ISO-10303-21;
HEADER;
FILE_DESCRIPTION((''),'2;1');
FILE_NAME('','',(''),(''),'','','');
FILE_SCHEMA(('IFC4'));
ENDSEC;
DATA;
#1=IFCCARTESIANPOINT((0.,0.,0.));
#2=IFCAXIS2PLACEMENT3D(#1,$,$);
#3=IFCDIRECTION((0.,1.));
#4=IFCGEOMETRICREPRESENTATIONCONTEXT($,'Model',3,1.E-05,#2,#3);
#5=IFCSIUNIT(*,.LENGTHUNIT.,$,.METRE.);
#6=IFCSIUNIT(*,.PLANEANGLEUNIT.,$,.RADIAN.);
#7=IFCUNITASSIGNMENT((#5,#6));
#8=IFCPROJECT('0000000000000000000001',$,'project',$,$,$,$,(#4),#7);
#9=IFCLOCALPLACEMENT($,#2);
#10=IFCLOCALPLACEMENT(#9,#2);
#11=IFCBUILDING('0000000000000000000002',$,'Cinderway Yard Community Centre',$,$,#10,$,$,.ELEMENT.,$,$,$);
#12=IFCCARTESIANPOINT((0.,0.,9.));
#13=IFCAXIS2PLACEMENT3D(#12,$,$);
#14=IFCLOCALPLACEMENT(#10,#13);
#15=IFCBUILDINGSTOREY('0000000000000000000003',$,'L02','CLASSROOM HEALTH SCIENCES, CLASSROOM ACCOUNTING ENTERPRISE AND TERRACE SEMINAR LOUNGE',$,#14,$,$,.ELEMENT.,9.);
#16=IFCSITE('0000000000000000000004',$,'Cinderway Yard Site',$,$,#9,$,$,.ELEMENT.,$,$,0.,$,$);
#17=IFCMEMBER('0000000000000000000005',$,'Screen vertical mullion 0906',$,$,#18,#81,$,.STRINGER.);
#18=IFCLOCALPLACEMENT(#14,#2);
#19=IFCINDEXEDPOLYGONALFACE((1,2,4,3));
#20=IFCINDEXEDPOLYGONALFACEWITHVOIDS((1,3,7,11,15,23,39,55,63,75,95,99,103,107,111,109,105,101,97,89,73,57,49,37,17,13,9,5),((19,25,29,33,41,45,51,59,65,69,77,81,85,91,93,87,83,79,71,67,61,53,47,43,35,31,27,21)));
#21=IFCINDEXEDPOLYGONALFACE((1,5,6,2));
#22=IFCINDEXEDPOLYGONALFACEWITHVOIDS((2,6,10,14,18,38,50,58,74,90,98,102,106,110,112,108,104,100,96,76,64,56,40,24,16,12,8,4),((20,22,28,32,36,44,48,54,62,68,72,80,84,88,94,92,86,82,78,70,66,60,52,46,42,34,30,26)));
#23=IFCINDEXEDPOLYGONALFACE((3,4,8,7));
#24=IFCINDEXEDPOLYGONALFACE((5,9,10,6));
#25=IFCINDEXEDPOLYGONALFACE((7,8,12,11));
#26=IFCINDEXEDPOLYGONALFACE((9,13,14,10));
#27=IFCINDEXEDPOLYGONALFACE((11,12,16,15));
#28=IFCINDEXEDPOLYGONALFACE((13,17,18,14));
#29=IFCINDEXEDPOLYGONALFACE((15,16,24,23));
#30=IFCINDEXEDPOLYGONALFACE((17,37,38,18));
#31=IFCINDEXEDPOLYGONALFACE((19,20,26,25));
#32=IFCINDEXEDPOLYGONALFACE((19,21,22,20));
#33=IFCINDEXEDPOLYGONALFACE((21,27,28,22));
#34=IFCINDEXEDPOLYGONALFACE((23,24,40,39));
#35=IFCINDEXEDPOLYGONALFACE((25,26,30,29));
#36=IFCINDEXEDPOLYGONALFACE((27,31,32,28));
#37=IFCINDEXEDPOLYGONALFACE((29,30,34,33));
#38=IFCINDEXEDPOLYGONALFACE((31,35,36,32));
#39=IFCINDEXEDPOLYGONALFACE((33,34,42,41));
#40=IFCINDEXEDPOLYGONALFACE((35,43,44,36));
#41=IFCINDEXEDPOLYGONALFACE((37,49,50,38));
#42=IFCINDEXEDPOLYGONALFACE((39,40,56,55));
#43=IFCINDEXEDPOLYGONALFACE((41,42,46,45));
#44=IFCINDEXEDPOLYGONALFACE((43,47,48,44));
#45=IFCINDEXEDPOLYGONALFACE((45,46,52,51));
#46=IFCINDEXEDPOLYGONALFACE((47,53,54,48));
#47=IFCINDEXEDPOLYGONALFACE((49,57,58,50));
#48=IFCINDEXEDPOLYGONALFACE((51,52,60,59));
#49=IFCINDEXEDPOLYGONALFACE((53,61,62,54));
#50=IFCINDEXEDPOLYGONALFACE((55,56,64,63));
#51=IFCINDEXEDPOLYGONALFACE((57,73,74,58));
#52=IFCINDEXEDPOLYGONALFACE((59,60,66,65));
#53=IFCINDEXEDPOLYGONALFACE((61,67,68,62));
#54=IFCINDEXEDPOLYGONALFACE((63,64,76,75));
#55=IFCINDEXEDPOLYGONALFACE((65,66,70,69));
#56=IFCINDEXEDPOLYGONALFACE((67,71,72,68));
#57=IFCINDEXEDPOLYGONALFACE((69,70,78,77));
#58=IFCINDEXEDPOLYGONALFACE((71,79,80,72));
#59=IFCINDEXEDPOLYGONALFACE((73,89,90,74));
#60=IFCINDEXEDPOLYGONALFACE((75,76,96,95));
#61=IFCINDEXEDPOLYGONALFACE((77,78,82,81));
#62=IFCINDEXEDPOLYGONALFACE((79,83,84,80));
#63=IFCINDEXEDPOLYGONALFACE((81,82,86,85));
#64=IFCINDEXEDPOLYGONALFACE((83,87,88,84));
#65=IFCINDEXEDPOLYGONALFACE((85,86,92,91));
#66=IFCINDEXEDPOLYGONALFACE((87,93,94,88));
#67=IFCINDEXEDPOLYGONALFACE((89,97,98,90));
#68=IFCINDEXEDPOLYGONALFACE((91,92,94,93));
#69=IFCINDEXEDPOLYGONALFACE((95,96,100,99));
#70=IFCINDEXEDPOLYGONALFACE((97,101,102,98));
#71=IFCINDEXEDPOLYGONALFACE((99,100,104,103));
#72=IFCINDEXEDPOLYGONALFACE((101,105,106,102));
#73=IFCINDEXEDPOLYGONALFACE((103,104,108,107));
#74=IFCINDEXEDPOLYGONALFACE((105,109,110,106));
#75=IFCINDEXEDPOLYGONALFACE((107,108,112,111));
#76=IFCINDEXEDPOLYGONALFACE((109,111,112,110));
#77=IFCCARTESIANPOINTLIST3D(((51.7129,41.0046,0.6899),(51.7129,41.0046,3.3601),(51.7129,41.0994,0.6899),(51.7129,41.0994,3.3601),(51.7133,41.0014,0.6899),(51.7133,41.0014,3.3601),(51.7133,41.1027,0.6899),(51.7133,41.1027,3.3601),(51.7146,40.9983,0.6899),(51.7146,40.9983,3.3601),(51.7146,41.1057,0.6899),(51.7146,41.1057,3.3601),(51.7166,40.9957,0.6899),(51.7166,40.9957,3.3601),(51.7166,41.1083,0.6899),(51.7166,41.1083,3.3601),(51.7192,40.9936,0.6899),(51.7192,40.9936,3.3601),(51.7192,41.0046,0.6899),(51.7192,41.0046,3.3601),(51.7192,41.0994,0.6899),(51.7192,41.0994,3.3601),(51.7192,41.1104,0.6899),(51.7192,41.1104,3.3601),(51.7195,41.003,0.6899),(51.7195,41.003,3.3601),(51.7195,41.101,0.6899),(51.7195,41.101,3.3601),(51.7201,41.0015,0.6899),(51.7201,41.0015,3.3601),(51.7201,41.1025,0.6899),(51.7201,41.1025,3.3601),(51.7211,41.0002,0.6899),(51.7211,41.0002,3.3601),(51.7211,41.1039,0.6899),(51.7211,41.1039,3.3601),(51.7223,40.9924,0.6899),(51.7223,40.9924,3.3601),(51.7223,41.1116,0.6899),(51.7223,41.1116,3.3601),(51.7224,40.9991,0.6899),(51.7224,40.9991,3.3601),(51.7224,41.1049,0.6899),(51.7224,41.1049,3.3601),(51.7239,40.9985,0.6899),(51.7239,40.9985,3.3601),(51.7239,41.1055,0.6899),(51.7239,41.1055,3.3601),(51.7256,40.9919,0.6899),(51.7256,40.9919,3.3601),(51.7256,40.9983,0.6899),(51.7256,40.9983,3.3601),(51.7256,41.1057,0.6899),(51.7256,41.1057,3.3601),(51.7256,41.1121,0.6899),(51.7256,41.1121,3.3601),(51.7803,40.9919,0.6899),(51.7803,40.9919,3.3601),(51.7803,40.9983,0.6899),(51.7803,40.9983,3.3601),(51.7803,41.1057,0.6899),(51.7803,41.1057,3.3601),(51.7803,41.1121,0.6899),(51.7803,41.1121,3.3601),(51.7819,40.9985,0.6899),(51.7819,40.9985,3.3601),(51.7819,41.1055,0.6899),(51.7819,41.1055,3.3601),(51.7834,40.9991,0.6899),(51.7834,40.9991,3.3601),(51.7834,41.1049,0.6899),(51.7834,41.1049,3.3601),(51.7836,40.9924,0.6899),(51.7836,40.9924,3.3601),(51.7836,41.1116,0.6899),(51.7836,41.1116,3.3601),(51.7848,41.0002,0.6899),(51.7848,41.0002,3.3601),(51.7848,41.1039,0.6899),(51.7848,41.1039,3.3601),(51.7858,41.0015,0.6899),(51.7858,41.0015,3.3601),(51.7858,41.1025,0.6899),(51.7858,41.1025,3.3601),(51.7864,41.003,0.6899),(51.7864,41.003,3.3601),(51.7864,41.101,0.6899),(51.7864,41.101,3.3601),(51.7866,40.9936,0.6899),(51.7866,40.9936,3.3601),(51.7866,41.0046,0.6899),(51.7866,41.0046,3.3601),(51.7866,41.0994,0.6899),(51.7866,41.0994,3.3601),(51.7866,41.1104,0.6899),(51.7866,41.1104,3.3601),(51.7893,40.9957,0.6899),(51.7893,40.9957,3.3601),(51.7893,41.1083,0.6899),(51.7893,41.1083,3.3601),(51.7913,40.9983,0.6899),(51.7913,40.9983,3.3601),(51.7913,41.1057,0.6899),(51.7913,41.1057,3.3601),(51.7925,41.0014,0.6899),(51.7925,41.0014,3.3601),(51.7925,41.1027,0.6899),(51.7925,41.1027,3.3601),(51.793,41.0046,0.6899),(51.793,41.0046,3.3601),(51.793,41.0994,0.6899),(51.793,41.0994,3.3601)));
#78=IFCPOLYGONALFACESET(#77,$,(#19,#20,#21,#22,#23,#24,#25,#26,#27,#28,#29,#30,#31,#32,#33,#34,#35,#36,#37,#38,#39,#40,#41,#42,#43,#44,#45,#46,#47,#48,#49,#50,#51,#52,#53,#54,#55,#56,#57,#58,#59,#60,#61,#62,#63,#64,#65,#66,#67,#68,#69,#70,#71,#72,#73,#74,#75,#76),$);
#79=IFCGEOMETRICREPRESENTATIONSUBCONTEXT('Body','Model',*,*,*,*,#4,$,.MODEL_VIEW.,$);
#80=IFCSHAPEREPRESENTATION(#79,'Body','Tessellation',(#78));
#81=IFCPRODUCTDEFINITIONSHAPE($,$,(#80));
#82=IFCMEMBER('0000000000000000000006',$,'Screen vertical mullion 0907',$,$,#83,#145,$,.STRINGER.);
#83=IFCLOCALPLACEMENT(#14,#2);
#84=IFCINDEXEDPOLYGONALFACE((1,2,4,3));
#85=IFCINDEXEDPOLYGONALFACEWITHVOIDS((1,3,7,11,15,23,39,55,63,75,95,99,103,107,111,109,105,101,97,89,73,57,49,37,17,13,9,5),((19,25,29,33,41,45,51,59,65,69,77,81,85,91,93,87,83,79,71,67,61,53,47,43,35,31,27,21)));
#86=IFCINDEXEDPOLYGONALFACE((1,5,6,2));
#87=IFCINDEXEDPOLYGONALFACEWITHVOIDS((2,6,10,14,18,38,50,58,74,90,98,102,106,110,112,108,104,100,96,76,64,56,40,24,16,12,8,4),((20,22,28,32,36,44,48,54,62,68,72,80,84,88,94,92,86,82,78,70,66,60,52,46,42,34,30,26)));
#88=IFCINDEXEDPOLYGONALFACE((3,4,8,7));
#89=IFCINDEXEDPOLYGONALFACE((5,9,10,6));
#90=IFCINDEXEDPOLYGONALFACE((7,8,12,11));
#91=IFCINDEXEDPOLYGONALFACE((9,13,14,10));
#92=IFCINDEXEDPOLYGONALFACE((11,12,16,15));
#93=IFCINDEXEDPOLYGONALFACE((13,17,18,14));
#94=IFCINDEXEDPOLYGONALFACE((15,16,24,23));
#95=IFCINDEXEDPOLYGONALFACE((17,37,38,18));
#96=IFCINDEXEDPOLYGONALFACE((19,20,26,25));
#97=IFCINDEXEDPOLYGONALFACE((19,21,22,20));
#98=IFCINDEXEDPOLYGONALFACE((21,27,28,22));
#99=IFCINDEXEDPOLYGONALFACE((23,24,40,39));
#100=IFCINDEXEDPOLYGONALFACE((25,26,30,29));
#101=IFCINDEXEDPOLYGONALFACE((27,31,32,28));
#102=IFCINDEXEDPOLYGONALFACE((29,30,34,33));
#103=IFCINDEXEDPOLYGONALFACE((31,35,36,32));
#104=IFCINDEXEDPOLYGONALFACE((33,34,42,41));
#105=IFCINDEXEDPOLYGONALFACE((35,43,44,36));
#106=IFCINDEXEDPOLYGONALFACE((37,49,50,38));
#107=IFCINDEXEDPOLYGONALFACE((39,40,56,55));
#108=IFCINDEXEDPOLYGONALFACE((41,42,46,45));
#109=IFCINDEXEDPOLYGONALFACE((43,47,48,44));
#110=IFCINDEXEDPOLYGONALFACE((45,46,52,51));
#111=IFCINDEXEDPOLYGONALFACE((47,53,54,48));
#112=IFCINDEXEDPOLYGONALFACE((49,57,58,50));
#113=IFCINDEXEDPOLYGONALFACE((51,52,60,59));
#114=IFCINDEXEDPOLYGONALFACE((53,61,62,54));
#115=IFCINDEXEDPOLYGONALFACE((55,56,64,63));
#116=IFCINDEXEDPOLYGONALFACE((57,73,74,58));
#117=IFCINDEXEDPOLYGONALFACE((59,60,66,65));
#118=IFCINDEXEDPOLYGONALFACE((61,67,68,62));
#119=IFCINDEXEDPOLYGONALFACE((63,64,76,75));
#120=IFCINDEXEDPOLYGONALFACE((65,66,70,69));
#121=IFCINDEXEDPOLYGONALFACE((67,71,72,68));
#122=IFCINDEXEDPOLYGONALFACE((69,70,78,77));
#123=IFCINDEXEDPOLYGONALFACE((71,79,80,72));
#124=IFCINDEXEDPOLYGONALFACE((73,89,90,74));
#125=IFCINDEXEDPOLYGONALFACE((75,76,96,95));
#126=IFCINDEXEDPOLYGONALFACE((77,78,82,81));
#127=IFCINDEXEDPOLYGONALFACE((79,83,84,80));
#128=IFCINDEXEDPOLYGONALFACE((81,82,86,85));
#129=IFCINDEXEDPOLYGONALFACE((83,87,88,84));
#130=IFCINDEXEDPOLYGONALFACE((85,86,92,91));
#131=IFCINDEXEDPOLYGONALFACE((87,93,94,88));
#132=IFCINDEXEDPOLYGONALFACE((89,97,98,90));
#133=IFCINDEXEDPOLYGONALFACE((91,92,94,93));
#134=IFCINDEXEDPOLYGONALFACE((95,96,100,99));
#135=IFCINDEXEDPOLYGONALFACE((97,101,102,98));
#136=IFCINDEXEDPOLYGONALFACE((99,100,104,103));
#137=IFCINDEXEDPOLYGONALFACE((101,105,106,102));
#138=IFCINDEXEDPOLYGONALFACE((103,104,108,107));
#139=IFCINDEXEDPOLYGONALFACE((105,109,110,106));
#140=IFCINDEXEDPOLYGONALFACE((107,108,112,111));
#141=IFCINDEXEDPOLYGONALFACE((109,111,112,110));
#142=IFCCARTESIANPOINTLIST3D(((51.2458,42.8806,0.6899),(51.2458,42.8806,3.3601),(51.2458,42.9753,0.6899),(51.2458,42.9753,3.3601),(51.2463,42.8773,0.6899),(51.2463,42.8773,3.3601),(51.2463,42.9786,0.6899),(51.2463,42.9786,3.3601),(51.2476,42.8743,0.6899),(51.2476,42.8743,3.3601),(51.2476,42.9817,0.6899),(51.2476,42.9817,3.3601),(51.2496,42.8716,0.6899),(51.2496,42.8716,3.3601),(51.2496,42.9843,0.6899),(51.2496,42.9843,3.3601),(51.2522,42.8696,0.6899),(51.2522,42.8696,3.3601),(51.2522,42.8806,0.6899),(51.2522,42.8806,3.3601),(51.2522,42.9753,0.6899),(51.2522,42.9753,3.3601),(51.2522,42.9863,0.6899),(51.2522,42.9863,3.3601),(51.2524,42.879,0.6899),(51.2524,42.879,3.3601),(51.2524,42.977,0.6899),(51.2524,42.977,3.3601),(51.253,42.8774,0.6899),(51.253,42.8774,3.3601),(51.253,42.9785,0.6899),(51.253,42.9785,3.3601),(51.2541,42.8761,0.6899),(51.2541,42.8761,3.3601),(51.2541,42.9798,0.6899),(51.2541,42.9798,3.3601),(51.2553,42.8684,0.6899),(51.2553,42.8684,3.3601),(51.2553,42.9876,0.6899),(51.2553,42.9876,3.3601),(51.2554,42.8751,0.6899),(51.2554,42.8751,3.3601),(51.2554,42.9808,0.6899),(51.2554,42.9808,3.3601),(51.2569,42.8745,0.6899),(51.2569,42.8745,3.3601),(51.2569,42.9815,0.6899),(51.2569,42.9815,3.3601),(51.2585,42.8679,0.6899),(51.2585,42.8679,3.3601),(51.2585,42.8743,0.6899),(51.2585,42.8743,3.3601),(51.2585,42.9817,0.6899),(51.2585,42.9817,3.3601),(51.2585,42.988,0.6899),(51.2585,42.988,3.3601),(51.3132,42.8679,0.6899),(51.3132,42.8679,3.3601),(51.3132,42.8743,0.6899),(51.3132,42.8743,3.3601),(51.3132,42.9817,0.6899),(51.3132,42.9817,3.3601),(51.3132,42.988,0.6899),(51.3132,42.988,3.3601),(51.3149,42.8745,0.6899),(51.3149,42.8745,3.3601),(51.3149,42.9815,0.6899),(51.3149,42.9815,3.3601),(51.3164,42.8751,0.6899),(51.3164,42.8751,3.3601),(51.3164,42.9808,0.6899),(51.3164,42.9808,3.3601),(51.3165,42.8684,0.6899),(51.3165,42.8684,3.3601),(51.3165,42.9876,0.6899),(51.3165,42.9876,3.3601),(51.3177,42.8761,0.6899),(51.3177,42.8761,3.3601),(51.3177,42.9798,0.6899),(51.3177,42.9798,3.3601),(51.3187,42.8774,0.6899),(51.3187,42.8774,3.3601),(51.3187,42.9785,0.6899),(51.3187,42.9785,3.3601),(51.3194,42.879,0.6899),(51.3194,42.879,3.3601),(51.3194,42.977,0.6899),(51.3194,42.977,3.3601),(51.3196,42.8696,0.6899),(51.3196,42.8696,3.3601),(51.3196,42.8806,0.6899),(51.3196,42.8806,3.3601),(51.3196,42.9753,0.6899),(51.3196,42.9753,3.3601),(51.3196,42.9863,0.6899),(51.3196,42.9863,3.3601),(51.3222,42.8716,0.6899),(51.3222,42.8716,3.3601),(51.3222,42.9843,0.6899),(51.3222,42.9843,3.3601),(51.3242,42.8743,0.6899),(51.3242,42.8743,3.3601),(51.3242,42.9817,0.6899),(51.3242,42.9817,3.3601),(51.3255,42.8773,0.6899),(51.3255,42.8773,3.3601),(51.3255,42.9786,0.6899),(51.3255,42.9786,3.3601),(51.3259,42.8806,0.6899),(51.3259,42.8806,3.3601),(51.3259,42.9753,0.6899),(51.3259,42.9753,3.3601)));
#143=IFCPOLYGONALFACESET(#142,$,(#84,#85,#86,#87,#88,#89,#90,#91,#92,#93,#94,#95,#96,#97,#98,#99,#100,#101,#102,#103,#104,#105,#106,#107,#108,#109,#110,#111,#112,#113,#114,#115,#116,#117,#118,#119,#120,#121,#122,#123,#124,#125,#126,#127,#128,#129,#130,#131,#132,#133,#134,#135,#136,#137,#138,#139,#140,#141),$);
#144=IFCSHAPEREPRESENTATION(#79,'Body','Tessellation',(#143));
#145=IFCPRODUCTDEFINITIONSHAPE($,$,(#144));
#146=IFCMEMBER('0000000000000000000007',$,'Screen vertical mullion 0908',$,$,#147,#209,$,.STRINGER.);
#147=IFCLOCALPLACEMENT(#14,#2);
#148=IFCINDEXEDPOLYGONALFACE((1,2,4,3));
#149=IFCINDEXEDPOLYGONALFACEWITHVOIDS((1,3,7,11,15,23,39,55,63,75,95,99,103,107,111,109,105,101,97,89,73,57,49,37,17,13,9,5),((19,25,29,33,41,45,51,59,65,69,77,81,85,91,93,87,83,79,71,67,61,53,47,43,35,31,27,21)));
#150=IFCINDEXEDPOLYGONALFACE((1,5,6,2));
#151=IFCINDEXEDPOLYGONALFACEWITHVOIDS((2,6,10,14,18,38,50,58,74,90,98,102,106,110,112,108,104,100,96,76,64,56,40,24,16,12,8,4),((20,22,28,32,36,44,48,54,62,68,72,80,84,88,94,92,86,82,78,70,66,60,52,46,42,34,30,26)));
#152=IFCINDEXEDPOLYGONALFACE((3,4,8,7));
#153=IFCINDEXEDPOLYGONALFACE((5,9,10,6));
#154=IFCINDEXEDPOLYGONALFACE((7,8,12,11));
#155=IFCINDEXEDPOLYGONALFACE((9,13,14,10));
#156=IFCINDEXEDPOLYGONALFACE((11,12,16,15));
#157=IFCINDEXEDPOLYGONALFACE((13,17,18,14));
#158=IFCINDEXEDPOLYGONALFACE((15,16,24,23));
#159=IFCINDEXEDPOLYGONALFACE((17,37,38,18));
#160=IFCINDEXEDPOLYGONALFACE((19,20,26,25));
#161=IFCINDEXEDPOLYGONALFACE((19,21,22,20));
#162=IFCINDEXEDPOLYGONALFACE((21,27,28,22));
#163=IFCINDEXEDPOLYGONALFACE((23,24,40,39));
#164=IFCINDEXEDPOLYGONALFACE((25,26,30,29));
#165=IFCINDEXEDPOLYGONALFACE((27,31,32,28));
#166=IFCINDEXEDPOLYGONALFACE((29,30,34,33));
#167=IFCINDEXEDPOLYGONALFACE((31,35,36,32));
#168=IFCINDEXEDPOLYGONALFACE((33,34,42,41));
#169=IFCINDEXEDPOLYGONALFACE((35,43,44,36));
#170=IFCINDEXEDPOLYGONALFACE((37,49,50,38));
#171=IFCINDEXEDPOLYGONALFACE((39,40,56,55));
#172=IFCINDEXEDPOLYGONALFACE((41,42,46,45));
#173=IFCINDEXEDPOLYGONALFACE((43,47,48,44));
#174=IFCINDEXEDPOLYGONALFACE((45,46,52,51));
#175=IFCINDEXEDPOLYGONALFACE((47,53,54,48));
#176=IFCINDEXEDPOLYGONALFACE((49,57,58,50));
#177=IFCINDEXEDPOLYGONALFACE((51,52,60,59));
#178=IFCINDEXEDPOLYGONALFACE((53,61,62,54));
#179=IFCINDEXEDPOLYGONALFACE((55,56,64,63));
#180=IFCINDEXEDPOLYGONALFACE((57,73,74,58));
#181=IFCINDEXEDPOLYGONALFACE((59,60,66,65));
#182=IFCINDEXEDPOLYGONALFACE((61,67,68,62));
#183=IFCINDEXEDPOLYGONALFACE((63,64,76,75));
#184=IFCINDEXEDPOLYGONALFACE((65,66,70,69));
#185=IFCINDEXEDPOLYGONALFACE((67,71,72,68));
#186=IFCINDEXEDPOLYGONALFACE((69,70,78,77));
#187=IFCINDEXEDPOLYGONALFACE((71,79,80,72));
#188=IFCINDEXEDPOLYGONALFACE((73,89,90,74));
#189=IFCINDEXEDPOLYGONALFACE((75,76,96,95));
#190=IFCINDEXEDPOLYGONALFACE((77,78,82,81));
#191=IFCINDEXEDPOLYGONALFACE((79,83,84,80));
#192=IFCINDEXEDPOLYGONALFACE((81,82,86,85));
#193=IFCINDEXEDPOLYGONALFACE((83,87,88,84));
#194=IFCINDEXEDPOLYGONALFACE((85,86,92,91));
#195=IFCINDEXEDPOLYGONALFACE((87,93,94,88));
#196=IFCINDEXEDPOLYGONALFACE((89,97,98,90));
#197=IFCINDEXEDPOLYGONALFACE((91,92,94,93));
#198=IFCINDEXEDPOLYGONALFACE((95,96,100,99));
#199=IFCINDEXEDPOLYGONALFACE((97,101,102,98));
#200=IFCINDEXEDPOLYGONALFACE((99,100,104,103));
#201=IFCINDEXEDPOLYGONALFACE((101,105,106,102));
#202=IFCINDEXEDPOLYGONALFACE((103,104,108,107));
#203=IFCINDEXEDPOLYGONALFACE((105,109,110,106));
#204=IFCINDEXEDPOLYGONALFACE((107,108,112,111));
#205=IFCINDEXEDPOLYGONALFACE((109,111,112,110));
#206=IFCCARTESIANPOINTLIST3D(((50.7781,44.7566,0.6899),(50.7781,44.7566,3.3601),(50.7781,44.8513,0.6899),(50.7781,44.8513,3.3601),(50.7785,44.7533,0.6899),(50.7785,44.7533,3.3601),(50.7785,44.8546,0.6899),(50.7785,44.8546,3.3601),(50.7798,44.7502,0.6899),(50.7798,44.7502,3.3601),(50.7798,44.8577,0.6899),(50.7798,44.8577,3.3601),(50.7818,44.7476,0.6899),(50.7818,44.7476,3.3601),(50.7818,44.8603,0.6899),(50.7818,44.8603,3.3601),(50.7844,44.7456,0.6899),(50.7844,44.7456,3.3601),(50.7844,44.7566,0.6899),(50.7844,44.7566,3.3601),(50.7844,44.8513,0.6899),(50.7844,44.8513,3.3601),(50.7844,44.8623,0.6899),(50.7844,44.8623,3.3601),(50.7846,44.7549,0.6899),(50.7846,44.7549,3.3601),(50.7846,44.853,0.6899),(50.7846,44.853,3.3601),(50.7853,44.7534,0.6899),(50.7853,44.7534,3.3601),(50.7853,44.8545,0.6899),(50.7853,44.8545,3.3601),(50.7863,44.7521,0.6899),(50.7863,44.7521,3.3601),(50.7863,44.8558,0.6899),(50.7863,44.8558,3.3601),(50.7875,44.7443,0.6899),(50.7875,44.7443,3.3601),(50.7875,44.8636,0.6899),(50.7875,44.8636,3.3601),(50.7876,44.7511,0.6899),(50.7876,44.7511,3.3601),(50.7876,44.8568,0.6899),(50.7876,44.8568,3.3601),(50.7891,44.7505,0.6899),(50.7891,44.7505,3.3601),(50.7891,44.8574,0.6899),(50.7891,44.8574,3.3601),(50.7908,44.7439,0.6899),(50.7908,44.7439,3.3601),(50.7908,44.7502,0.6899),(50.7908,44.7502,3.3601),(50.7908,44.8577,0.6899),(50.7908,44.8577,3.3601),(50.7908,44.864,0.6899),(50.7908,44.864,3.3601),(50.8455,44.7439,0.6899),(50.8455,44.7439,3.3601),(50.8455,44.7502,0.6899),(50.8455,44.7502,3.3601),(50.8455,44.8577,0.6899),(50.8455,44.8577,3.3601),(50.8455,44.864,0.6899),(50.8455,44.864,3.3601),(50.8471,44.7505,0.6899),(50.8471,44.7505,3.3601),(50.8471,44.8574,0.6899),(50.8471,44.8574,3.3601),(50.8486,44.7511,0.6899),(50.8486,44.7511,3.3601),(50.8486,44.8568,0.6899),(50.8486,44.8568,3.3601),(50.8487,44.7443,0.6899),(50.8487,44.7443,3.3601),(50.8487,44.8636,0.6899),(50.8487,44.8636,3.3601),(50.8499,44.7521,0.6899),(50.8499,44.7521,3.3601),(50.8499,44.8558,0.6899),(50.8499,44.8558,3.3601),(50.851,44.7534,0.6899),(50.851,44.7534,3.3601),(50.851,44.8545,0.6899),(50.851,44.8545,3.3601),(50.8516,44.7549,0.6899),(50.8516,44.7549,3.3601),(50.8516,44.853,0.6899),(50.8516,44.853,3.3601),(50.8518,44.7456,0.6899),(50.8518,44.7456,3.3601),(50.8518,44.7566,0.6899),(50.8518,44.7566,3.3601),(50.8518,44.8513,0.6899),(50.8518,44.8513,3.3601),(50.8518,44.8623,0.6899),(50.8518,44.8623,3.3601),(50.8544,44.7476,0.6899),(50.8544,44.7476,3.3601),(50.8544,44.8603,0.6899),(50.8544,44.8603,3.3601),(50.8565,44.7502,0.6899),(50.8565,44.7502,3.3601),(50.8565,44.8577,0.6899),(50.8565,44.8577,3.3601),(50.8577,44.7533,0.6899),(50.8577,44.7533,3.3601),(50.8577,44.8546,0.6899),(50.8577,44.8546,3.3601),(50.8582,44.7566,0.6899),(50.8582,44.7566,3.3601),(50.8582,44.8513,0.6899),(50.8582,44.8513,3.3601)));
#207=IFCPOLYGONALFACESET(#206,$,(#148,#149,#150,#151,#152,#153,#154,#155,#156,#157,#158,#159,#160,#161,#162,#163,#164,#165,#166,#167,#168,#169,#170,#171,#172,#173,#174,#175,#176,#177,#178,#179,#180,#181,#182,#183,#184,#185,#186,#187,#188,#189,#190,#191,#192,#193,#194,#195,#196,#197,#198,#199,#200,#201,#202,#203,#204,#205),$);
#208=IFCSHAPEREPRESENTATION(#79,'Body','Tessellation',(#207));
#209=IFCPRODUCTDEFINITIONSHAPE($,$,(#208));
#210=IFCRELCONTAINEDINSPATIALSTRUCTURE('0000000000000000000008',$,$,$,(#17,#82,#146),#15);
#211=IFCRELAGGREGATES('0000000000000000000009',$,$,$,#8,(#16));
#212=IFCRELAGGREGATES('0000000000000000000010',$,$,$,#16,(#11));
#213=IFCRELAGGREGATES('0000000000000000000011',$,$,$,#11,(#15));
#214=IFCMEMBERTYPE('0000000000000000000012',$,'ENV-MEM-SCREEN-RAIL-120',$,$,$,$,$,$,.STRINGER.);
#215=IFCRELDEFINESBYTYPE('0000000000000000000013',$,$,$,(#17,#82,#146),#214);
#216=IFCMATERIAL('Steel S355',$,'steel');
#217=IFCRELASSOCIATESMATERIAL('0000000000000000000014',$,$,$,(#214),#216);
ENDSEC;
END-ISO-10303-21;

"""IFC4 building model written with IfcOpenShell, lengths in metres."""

from ifc_helpers import new_model, si_unit, direction, frame, origin, origin_2d, place, context, subcontext, project, spatial, hollow_rectangle, extrude, material, material_profile, profile_set, type_object, element, save


model = new_model("IFC4")

# Units and contexts
model_context = context("Model", 3, precision=1e-05, world=origin(), true_north=direction((0.0, 1.0)))
body_context = subcontext(model_context, "Body", "Model", "MODEL_VIEW")
ifc_project = project(units=[si_unit("LENGTHUNIT", "METRE"), si_unit("PLANEANGLEUNIT", "RADIAN")], contexts=[model_context])

# Site, building, storey
site_placement = place(None, origin())
site = spatial("IfcSite", under=ifc_project, at=site_placement, Name="Cinderway Yard Site", CompositionType="ELEMENT", RefElevation=0.0)
building_placement = place(site_placement, origin())
building = spatial("IfcBuilding", under=site, at=building_placement, Name="Cinderway Yard Community Centre", CompositionType="ELEMENT")
storey_placement = place(building_placement, frame((0.0, 0.0, 9.0)))
storey = spatial("IfcBuildingStorey", under=building, at=storey_placement, Name="L02", Description="CLASSROOM HEALTH SCIENCES, CLASSROOM ACCOUNTING ENTERPRISE AND TERRACE SEMINAR LOUNGE", CompositionType="ELEMENT", Elevation=9.0)

# Members
ifc_material_1 = material(Name="Steel S355", Category="steel")
ifc_material_profile_1 = material_profile(ifc_material_1, hollow_rectangle(XDim=0.0801, YDim=0.1201, WallThickness=0.0063, InnerFilletRadius=0.0063, OuterFilletRadius=0.0127, at=origin_2d()), Name="Steel S355")
ifc_profile_set_1 = profile_set([ifc_material_profile_1], Name="Steel S355")
member_type_1 = type_object("IfcMemberType", Name="ENV-MEM-SCREEN-RAIL-120", PredefinedType="STRINGER", material=ifc_profile_set_1)
for number, where, z_axis, x_axis, name in (
    (1, (51.7529, 41.052, 0.6899), (0.0, 0.0, 1.0), (1.0, 0.0, 0.0), "Screen vertical mullion 0906"),
    (2, (51.2859, 42.928, 0.6899), (0.0, 0.0, 1.0), (1.0, 0.0, 0.0), "Screen vertical mullion 0907"),
    (3, (50.8181, 44.804, 0.6899), (0.0, 0.0, 1.0), (1.0, 0.0, 0.0), "Screen vertical mullion 0908"),
):
    element("IfcMember", number, at=place(storey_placement, frame(where, z_axis=z_axis, x_axis=x_axis)), inside=storey, type_object=member_type_1, Name=name, PredefinedType="STRINGER", context=body_context, shape_type="SweptSolid", body=[
        extrude(hollow_rectangle(XDim=0.0801, YDim=0.1201, WallThickness=0.0063, InnerFilletRadius=0.0063, OuterFilletRadius=0.0127, at=origin_2d()), origin(), (0.0, 0.0, 1.0), 2.6702),
    ])

save(model, "model.ifc")
